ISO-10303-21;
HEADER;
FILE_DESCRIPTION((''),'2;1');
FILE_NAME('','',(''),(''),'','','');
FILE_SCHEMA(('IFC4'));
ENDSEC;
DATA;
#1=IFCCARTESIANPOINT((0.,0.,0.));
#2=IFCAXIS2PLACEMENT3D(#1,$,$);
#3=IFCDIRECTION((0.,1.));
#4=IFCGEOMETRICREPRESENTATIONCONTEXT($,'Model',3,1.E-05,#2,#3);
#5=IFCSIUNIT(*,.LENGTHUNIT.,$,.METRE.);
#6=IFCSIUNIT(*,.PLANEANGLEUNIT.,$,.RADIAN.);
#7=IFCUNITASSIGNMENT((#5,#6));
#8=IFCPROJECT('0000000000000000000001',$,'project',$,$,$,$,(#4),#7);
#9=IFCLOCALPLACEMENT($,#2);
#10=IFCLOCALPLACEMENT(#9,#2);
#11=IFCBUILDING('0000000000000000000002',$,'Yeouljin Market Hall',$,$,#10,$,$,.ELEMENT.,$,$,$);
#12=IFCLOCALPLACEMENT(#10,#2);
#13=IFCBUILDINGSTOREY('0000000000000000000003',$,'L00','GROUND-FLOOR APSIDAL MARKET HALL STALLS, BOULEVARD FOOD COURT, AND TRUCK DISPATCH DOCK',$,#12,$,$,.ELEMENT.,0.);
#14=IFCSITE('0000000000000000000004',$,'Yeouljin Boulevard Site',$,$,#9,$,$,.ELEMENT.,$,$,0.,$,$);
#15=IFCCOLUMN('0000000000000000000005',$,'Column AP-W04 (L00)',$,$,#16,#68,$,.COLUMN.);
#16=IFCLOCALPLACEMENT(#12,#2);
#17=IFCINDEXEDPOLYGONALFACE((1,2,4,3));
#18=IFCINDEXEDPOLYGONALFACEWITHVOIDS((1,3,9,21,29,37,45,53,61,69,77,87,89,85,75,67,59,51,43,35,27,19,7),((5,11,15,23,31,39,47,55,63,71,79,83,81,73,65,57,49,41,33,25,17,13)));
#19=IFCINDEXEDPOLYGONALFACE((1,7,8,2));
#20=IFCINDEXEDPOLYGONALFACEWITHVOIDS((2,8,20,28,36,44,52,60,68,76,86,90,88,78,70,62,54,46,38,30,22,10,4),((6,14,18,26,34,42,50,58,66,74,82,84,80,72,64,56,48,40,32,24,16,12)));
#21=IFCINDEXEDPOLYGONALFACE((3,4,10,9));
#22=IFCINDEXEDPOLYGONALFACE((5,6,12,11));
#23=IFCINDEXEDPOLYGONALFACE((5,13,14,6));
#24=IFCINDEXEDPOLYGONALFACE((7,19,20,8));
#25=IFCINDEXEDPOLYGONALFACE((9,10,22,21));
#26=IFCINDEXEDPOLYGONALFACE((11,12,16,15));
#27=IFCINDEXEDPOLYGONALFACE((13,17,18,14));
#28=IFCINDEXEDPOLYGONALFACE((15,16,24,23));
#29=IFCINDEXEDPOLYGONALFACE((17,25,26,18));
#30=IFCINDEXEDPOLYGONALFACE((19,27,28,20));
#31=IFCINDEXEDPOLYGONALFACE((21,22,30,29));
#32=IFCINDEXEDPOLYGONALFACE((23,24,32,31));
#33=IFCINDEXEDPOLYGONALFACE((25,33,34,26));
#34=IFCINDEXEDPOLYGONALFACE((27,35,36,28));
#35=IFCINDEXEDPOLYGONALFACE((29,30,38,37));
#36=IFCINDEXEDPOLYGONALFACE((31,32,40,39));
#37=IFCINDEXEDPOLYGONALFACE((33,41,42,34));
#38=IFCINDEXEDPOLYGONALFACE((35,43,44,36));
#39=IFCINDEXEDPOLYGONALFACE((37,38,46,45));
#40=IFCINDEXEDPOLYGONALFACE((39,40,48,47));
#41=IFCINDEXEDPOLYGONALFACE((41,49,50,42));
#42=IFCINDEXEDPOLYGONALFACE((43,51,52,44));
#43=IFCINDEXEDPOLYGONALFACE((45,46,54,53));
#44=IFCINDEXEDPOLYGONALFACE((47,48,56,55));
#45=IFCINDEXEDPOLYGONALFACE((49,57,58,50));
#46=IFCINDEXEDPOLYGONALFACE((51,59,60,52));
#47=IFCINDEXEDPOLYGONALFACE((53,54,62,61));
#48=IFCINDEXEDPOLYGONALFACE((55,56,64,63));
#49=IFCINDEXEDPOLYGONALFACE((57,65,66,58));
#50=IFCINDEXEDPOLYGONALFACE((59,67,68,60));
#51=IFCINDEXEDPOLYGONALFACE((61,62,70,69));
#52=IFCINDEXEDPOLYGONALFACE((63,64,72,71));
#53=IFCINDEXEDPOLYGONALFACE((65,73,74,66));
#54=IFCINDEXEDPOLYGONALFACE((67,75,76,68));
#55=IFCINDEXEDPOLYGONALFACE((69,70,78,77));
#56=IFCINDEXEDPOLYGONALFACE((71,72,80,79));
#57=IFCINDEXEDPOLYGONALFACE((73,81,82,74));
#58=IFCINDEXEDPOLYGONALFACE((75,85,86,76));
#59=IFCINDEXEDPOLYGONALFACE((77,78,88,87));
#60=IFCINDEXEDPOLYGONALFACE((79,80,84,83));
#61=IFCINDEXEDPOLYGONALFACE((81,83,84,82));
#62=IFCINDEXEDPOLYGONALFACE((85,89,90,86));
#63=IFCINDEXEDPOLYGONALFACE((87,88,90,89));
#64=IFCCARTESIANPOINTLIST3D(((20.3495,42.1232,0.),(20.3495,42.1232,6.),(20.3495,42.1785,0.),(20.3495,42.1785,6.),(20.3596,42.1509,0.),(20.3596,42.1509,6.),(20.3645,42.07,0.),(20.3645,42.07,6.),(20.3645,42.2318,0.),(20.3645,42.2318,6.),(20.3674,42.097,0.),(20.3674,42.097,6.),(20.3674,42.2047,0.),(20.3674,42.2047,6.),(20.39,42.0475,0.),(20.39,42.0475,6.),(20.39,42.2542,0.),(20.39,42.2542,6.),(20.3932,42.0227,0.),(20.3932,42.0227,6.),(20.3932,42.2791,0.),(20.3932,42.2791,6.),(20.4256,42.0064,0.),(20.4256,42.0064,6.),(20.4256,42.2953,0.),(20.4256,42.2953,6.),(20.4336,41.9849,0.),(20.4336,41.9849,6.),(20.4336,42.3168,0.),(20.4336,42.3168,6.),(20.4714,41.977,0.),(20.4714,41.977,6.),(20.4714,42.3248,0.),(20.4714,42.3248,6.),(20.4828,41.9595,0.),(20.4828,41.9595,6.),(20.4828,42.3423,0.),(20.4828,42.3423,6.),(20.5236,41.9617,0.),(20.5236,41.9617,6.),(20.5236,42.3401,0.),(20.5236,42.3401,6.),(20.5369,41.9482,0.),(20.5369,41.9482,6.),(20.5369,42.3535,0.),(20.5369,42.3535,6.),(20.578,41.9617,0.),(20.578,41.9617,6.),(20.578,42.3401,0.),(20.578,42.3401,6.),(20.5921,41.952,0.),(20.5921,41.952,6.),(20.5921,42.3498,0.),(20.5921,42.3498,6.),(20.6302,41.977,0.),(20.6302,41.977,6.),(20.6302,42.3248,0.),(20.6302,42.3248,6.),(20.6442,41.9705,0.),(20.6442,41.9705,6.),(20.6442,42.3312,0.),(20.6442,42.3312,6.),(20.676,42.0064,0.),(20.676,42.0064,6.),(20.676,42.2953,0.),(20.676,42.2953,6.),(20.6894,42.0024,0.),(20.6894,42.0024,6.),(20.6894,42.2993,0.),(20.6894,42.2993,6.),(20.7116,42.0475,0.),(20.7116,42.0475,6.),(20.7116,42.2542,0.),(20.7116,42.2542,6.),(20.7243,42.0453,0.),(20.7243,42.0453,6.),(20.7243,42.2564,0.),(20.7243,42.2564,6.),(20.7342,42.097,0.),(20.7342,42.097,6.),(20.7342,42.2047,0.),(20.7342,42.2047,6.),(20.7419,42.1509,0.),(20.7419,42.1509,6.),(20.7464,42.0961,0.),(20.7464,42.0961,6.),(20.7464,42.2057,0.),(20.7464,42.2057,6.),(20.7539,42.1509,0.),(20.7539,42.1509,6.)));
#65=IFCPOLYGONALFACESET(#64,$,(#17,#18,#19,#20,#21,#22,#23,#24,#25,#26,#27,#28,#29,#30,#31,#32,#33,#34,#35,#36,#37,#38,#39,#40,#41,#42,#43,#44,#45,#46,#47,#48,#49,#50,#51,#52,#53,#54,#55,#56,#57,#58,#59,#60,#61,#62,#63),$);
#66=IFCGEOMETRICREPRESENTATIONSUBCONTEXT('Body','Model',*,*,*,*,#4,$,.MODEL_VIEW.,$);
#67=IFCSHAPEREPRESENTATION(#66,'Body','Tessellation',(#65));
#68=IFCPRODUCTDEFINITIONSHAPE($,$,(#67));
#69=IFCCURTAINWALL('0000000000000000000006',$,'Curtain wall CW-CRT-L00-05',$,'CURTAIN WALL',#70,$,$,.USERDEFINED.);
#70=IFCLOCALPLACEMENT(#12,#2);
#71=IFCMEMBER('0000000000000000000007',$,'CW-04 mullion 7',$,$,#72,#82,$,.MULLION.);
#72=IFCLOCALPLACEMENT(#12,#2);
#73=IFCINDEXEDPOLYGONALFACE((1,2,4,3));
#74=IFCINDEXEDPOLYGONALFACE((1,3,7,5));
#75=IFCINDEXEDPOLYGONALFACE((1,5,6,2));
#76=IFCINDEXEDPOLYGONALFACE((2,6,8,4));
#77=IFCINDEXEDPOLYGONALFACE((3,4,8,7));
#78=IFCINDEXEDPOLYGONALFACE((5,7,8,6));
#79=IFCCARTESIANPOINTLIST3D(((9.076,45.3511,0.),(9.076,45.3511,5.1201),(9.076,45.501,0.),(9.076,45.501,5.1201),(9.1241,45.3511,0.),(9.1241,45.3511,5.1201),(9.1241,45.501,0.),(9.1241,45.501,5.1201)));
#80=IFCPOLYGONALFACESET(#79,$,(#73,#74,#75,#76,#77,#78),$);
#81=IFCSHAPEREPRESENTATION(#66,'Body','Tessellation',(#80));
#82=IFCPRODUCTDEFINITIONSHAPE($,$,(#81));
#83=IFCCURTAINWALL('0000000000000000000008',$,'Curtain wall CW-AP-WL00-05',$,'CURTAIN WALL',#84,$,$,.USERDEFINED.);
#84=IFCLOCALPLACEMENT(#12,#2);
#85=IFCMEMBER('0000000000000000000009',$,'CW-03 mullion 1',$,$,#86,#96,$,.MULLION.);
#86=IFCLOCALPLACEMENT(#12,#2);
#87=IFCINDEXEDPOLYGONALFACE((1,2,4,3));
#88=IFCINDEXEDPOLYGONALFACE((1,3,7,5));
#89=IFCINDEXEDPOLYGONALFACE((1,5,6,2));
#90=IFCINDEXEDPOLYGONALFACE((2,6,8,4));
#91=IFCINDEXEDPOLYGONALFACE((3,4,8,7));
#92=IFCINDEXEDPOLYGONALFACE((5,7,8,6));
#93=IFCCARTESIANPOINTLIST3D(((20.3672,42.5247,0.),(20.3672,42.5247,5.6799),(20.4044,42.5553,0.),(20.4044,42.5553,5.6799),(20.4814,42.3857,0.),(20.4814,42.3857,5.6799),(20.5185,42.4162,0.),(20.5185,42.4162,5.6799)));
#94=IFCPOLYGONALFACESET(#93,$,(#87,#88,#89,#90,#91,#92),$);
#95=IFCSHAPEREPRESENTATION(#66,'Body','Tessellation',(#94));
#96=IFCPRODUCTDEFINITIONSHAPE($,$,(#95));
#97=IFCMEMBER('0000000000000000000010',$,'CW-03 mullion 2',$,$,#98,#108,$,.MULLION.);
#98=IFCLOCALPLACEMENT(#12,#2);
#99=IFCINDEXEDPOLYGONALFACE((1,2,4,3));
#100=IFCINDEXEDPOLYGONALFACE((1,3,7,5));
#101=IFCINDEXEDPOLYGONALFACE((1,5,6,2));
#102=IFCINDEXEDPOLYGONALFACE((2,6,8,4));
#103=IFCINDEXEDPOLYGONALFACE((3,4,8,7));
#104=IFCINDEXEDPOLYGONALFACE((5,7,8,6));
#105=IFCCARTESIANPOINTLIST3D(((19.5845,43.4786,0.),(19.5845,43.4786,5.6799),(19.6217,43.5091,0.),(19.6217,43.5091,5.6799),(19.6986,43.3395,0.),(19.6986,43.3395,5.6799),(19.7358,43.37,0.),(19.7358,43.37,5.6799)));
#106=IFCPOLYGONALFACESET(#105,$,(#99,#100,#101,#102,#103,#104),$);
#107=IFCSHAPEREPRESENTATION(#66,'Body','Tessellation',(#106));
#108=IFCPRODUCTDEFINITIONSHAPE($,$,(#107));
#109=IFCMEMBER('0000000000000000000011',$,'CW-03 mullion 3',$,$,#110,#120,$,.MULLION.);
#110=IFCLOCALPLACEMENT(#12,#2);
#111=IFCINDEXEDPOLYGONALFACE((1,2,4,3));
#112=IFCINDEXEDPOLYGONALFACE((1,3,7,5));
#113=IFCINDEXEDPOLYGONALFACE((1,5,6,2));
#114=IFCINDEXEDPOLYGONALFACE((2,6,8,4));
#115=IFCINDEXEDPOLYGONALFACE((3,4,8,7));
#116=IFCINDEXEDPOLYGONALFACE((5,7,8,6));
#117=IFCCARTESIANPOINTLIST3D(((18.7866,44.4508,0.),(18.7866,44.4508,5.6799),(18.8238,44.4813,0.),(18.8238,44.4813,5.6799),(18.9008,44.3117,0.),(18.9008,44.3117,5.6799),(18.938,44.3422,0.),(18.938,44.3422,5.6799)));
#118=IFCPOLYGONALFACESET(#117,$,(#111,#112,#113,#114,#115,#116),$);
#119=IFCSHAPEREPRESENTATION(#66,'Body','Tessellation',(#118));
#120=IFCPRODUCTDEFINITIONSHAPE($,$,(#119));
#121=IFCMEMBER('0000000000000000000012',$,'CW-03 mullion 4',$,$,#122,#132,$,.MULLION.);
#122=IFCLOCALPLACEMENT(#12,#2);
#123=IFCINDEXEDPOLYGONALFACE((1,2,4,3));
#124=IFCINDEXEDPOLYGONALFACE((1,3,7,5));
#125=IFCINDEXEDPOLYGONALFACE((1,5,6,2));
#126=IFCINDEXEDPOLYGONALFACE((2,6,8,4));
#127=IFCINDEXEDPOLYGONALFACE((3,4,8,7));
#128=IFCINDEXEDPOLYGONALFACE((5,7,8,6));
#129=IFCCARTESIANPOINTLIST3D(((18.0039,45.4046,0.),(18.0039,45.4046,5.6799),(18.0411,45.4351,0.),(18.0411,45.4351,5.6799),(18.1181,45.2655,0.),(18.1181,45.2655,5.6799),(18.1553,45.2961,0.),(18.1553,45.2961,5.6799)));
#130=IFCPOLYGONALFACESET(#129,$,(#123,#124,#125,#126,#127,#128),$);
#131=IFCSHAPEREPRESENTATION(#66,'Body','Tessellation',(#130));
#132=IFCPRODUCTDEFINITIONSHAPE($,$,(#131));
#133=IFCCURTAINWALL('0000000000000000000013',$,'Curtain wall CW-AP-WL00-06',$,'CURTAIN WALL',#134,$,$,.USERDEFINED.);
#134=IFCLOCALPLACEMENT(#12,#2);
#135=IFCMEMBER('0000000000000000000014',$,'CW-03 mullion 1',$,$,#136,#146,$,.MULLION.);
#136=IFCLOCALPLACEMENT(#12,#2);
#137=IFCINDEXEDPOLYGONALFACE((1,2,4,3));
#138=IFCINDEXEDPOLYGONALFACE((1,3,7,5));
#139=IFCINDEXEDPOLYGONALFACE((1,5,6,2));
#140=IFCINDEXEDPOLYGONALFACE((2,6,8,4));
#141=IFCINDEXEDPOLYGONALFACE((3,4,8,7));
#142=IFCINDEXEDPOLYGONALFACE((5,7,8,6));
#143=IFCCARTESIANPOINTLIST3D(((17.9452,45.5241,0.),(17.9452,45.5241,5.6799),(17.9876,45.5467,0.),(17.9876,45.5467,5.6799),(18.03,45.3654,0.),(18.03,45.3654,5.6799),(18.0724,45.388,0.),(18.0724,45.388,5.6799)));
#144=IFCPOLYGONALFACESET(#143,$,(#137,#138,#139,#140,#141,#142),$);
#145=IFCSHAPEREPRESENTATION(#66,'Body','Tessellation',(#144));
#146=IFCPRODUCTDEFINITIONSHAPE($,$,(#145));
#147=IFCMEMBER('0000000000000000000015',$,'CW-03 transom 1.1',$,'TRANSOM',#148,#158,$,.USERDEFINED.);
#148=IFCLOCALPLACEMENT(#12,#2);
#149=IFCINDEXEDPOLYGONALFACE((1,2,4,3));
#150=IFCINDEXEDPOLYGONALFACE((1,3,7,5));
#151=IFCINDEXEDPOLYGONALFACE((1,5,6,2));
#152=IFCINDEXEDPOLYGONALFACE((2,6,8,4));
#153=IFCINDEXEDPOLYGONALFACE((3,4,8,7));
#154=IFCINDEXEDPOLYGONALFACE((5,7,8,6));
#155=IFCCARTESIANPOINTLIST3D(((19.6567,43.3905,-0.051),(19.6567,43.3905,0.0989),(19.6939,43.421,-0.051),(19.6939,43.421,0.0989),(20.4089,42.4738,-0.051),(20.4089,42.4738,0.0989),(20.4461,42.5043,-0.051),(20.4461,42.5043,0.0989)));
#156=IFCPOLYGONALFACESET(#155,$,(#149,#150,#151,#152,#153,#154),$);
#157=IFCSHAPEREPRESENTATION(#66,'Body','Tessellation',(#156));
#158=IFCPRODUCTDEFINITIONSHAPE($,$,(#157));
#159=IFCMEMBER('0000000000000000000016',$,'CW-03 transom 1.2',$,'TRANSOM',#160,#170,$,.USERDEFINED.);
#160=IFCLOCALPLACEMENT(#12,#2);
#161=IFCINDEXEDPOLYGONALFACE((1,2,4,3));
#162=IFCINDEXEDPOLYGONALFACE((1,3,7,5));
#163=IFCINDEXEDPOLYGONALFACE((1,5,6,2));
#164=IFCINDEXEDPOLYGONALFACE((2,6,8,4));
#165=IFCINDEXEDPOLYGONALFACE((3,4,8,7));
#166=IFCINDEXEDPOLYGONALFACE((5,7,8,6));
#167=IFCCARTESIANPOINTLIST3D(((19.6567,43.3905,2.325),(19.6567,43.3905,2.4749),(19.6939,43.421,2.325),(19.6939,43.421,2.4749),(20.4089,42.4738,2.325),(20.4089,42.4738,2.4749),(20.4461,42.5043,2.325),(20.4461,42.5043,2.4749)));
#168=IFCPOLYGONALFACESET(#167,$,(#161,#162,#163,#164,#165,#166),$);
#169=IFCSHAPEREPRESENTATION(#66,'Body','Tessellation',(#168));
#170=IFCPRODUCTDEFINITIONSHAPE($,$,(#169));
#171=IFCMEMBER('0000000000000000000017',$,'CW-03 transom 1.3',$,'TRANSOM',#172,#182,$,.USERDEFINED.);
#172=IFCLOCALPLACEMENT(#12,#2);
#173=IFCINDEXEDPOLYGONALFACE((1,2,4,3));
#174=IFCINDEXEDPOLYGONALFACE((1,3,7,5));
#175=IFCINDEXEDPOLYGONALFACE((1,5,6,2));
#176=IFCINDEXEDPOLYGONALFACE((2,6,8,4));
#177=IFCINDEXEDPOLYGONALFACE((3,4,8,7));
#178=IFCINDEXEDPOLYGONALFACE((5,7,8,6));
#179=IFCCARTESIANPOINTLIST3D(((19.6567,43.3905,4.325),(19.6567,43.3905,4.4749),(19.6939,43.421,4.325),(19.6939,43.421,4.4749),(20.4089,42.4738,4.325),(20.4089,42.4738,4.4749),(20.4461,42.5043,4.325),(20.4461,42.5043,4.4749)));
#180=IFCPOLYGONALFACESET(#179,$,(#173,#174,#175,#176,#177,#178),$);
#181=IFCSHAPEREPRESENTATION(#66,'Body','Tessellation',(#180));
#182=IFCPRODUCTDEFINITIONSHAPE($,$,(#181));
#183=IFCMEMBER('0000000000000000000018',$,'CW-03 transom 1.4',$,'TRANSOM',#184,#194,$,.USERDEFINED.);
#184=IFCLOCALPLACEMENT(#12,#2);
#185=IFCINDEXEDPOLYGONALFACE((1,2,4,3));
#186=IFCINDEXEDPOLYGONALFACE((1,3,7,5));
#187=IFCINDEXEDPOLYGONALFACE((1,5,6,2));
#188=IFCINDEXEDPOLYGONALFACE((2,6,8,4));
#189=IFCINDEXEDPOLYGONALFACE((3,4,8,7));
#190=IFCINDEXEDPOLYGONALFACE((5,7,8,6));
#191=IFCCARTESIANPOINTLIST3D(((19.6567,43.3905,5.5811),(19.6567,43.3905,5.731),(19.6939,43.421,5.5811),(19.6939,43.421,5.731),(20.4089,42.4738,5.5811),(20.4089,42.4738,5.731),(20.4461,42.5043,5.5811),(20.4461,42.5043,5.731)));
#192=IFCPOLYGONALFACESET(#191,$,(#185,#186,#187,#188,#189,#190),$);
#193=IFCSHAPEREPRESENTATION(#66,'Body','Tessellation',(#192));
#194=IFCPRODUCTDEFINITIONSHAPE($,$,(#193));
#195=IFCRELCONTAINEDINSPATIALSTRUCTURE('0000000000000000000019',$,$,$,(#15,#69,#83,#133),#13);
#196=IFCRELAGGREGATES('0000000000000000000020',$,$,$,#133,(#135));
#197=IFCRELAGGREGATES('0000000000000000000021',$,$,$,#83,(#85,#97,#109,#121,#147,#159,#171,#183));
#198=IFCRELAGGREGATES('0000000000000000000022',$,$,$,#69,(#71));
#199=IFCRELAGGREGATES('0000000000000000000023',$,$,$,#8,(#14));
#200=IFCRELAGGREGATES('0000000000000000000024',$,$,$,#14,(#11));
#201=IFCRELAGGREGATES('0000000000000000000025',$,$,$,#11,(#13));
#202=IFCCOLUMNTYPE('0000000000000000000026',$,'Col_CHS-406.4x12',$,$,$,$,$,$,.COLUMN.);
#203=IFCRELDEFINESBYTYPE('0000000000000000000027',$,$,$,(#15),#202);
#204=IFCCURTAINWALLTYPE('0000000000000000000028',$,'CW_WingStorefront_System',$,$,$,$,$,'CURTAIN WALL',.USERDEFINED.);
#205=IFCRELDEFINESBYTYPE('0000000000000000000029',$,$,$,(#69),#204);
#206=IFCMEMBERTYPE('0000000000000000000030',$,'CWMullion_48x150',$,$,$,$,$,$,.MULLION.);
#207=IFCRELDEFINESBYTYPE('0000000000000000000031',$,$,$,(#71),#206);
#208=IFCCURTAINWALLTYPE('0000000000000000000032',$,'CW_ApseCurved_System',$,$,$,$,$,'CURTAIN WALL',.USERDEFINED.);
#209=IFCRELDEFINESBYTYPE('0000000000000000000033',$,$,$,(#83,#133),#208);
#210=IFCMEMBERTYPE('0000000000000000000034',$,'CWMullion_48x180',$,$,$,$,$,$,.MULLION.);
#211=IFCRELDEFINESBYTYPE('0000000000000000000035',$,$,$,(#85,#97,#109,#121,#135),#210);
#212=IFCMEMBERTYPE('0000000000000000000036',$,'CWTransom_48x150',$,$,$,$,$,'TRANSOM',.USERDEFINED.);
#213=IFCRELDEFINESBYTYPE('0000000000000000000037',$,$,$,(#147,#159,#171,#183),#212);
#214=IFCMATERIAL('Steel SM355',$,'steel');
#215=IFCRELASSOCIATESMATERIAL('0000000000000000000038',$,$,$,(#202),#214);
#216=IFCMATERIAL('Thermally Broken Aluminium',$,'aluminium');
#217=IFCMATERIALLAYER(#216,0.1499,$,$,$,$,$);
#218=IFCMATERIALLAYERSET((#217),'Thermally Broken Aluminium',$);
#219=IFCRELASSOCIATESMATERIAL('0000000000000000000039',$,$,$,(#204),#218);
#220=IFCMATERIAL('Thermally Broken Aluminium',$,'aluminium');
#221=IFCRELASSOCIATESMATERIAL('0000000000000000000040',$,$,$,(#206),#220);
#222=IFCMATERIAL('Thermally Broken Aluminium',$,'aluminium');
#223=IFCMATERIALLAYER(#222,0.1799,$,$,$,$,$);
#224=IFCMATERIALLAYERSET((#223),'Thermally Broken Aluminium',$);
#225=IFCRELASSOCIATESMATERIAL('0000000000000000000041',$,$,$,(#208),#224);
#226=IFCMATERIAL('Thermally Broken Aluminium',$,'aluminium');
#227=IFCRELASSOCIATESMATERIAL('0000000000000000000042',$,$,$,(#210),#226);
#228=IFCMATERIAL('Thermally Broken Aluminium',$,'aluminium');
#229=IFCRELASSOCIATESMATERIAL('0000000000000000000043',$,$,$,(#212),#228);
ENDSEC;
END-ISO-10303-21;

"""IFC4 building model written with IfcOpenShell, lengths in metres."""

from ifc_helpers import new_model, si_unit, direction, frame, origin, origin_2d, place, context, subcontext, project, spatial, rectangle, hollow_circle, extrude, material, layer, layer_set, material_profile, profile_set, type_object, element, aggregate, save


model = new_model("IFC4")

# Units and contexts
model_context = context("Model", 3, precision=1e-05, world=origin(), true_north=direction((0.0, 1.0)))
body_context = subcontext(model_context, "Body", "Model", "MODEL_VIEW")
ifc_project = project(units=[si_unit("LENGTHUNIT", "METRE"), si_unit("PLANEANGLEUNIT", "RADIAN")], contexts=[model_context])

# Site, building, storey
site_placement = place(None, origin())
site = spatial("IfcSite", under=ifc_project, at=site_placement, Name="Yeouljin Boulevard Site", CompositionType="ELEMENT", RefElevation=0.0)
building_placement = place(site_placement, origin())
building = spatial("IfcBuilding", under=site, at=building_placement, Name="Yeouljin Market Hall", CompositionType="ELEMENT")
storey_placement = place(building_placement, origin())
storey = spatial("IfcBuildingStorey", under=building, at=storey_placement, Name="L00", Description="GROUND-FLOOR APSIDAL MARKET HALL STALLS, BOULEVARD FOOD COURT, AND TRUCK DISPATCH DOCK", CompositionType="ELEMENT", Elevation=0.0)

# Column
ifc_material_1 = material(Name="Steel SM355", Category="steel")
ifc_material_profile_1 = material_profile(ifc_material_1, hollow_circle(Radius=0.2031, WallThickness=0.012, at=origin_2d()), Name="CHS-406.4x12")
ifc_profile_set_1 = profile_set([ifc_material_profile_1], Name="Steel SM355")
column_type = type_object("IfcColumnType", Name="Col_CHS-406.4x12", PredefinedType="COLUMN", material=ifc_profile_set_1)
column_placement = place(storey_placement, frame((20.5508, 42.1509, 0.0), z_axis=(0.0, 0.0, 1.0), x_axis=(1.0, 0.0, 0.0)))
element("IfcColumn", 1, at=column_placement, inside=storey, type_object=column_type, Name="Column AP-W04 (L00)", PredefinedType="COLUMN", context=body_context, shape_type="SweptSolid", body=[
    extrude(hollow_circle(Radius=0.2031, WallThickness=0.012, at=origin_2d()), origin(), (0.0, 0.0, 1.0), 6.0),
])

# Curtain wall, member
ifc_material_2 = material(Name="Thermally Broken Aluminium", Category="aluminium")
ifc_layer_1 = layer(ifc_material_2, 0.1499)
ifc_layer_set_1 = layer_set([ifc_layer_1], Name="Thermally Broken Aluminium")
curtain_wall_type_1 = type_object("IfcCurtainWallType", Name="CW_WingStorefront_System", ElementType="CURTAIN WALL", PredefinedType="USERDEFINED", material=ifc_layer_set_1)
curtain_wall_1_placement = place(storey_placement, origin())
curtain_wall_1 = element("IfcCurtainWall", 2, at=curtain_wall_1_placement, inside=storey, type_object=curtain_wall_type_1, Name="Curtain wall CW-CRT-L00-05", ObjectType="CURTAIN WALL", PredefinedType="USERDEFINED")
ifc_material_3 = material(Name="Thermally Broken Aluminium", Category="aluminium")
ifc_material_profile_2 = material_profile(ifc_material_3, rectangle(XDim=0.0481, YDim=0.1499, at=origin_2d()), Name="CW-MULL-48x150")
ifc_profile_set_2 = profile_set([ifc_material_profile_2], Name="Thermally Broken Aluminium")
member_type_1 = type_object("IfcMemberType", Name="CWMullion_48x150", PredefinedType="MULLION", material=ifc_profile_set_2)
member_1_placement = place(storey_placement, frame((9.1001, 45.426, 0.0), z_axis=(0.0, 0.0, 1.0), x_axis=(-1.0, 0.0, 0.0)))
member_1 = element("IfcMember", 3, at=member_1_placement, type_object=member_type_1, Name="CW-04 mullion 7", PredefinedType="MULLION", context=body_context, shape_type="SweptSolid", body=[
    extrude(rectangle(XDim=0.0481, YDim=0.1499, at=origin_2d()), origin(), (0.0, 0.0, 1.0), 5.1201),
])

# Curtain wall, members
ifc_material_4 = material(Name="Thermally Broken Aluminium", Category="aluminium")
ifc_layer_2 = layer(ifc_material_4, 0.1799)
ifc_layer_set_2 = layer_set([ifc_layer_2], Name="Thermally Broken Aluminium")
curtain_wall_type_2 = type_object("IfcCurtainWallType", Name="CW_ApseCurved_System", ElementType="CURTAIN WALL", PredefinedType="USERDEFINED", material=ifc_layer_set_2)
curtain_wall_2_placement = place(storey_placement, origin())
curtain_wall_2 = element("IfcCurtainWall", 4, at=curtain_wall_2_placement, inside=storey, type_object=curtain_wall_type_2, Name="Curtain wall CW-AP-WL00-05", ObjectType="CURTAIN WALL", PredefinedType="USERDEFINED")
ifc_material_5 = material(Name="Thermally Broken Aluminium", Category="aluminium")
ifc_material_profile_3 = material_profile(ifc_material_5, rectangle(XDim=0.0481, YDim=0.1799, at=origin_2d()), Name="CW-MULL-48x180")
ifc_profile_set_3 = profile_set([ifc_material_profile_3], Name="Thermally Broken Aluminium")
member_type_2 = type_object("IfcMemberType", Name="CWMullion_48x180", PredefinedType="MULLION", material=ifc_profile_set_3)
member_2_placement = place(storey_placement, frame((20.4429, 42.4705, 0.0), z_axis=(0.0, 0.0, 1.0), x_axis=(-0.773018, -0.634384, 0.0)))
member_2 = element("IfcMember", 5, at=member_2_placement, type_object=member_type_2, Name="CW-03 mullion 1", PredefinedType="MULLION", context=body_context, shape_type="SweptSolid", body=[
    extrude(rectangle(XDim=0.0481, YDim=0.1799, at=origin_2d()), origin(), (0.0, 0.0, 1.0), 5.6799),
])
member_3_placement = place(storey_placement, frame((19.6602, 43.4243, 0.0), z_axis=(0.0, 0.0, 1.0), x_axis=(-0.773018, -0.634384, 0.0)))
member_3 = element("IfcMember", 6, at=member_3_placement, type_object=member_type_2, Name="CW-03 mullion 2", PredefinedType="MULLION", context=body_context, shape_type="SweptSolid", body=[
    extrude(rectangle(XDim=0.0481, YDim=0.1799, at=origin_2d()), origin(), (0.0, 0.0, 1.0), 5.6799),
])
member_4_placement = place(storey_placement, frame((18.8623, 44.3965, 0.0), z_axis=(0.0, 0.0, 1.0), x_axis=(-0.773018, -0.634384, 0.0)))
member_4 = element("IfcMember", 7, at=member_4_placement, type_object=member_type_2, Name="CW-03 mullion 3", PredefinedType="MULLION", context=body_context, shape_type="SweptSolid", body=[
    extrude(rectangle(XDim=0.0481, YDim=0.1799, at=origin_2d()), origin(), (0.0, 0.0, 1.0), 5.6799),
])
member_5_placement = place(storey_placement, frame((18.0796, 45.3503, 0.0), z_axis=(0.0, 0.0, 1.0), x_axis=(-0.773018, -0.634384, 0.0)))
member_5 = element("IfcMember", 8, at=member_5_placement, type_object=member_type_2, Name="CW-03 mullion 4", PredefinedType="MULLION", context=body_context, shape_type="SweptSolid", body=[
    extrude(rectangle(XDim=0.0481, YDim=0.1799, at=origin_2d()), origin(), (0.0, 0.0, 1.0), 5.6799),
])

# Curtain wall, member
curtain_wall_3_placement = place(storey_placement, origin())
curtain_wall_3 = element("IfcCurtainWall", 9, at=curtain_wall_3_placement, inside=storey, type_object=curtain_wall_type_2, Name="Curtain wall CW-AP-WL00-06", ObjectType="CURTAIN WALL", PredefinedType="USERDEFINED")
member_6_placement = place(storey_placement, frame((18.0088, 45.4561, 0.0), z_axis=(0.0, 0.0, 1.0), x_axis=(-0.881931, -0.471378, 0.0)))
member_6 = element("IfcMember", 10, at=member_6_placement, type_object=member_type_2, Name="CW-03 mullion 1", PredefinedType="MULLION", context=body_context, shape_type="SweptSolid", body=[
    extrude(rectangle(XDim=0.0481, YDim=0.1799, at=origin_2d()), origin(), (0.0, 0.0, 1.0), 5.6799),
])
aggregate(curtain_wall_3, [member_6])

# Members
ifc_material_6 = material(Name="Thermally Broken Aluminium", Category="aluminium")
ifc_material_profile_4 = material_profile(ifc_material_6, rectangle(XDim=0.0481, YDim=0.1499, at=origin_2d()), Name="CW-TRAN-48x150")
ifc_profile_set_4 = profile_set([ifc_material_profile_4], Name="Thermally Broken Aluminium")
member_type_3 = type_object("IfcMemberType", Name="CWTransom_48x150", ElementType="TRANSOM", PredefinedType="USERDEFINED", material=ifc_profile_set_4)
member_7_placement = place(storey_placement, frame((20.4275, 42.489, 0.0239), z_axis=(-0.634313, 0.773076, 0.0), x_axis=(-0.773076, -0.634313, 0.0)))
member_7 = element("IfcMember", 11, at=member_7_placement, type_object=member_type_3, Name="CW-03 transom 1.1", ObjectType="TRANSOM", PredefinedType="USERDEFINED", context=body_context, shape_type="SweptSolid", body=[
    extrude(rectangle(XDim=0.0481, YDim=0.1499, at=origin_2d()), origin(), (0.0, 0.0, 1.0), 1.1858),
])
member_8_placement = place(storey_placement, frame((20.4275, 42.489, 2.3999), z_axis=(-0.634313, 0.773076, 0.0), x_axis=(-0.773076, -0.634313, 0.0)))
member_8 = element("IfcMember", 12, at=member_8_placement, type_object=member_type_3, Name="CW-03 transom 1.2", ObjectType="TRANSOM", PredefinedType="USERDEFINED", context=body_context, shape_type="SweptSolid", body=[
    extrude(rectangle(XDim=0.0481, YDim=0.1499, at=origin_2d()), origin(), (0.0, 0.0, 1.0), 1.1858),
])
member_9_placement = place(storey_placement, frame((20.4275, 42.489, 4.3999), z_axis=(-0.634313, 0.773076, 0.0), x_axis=(-0.773076, -0.634313, 0.0)))
member_9 = element("IfcMember", 13, at=member_9_placement, type_object=member_type_3, Name="CW-03 transom 1.3", ObjectType="TRANSOM", PredefinedType="USERDEFINED", context=body_context, shape_type="SweptSolid", body=[
    extrude(rectangle(XDim=0.0481, YDim=0.1499, at=origin_2d()), origin(), (0.0, 0.0, 1.0), 1.1858),
])
member_10_placement = place(storey_placement, frame((20.4275, 42.489, 5.656), z_axis=(-0.634313, 0.773076, 0.0), x_axis=(-0.773076, -0.634313, 0.0)))
member_10 = element("IfcMember", 14, at=member_10_placement, type_object=member_type_3, Name="CW-03 transom 1.4", ObjectType="TRANSOM", PredefinedType="USERDEFINED", context=body_context, shape_type="SweptSolid", body=[
    extrude(rectangle(XDim=0.0481, YDim=0.1499, at=origin_2d()), origin(), (0.0, 0.0, 1.0), 1.1858),
])

aggregate(curtain_wall_2, [member_2, member_3, member_4, member_5, member_7, member_8, member_9, member_10])
aggregate(curtain_wall_1, [member_1])

save(model, "model.ifc")
